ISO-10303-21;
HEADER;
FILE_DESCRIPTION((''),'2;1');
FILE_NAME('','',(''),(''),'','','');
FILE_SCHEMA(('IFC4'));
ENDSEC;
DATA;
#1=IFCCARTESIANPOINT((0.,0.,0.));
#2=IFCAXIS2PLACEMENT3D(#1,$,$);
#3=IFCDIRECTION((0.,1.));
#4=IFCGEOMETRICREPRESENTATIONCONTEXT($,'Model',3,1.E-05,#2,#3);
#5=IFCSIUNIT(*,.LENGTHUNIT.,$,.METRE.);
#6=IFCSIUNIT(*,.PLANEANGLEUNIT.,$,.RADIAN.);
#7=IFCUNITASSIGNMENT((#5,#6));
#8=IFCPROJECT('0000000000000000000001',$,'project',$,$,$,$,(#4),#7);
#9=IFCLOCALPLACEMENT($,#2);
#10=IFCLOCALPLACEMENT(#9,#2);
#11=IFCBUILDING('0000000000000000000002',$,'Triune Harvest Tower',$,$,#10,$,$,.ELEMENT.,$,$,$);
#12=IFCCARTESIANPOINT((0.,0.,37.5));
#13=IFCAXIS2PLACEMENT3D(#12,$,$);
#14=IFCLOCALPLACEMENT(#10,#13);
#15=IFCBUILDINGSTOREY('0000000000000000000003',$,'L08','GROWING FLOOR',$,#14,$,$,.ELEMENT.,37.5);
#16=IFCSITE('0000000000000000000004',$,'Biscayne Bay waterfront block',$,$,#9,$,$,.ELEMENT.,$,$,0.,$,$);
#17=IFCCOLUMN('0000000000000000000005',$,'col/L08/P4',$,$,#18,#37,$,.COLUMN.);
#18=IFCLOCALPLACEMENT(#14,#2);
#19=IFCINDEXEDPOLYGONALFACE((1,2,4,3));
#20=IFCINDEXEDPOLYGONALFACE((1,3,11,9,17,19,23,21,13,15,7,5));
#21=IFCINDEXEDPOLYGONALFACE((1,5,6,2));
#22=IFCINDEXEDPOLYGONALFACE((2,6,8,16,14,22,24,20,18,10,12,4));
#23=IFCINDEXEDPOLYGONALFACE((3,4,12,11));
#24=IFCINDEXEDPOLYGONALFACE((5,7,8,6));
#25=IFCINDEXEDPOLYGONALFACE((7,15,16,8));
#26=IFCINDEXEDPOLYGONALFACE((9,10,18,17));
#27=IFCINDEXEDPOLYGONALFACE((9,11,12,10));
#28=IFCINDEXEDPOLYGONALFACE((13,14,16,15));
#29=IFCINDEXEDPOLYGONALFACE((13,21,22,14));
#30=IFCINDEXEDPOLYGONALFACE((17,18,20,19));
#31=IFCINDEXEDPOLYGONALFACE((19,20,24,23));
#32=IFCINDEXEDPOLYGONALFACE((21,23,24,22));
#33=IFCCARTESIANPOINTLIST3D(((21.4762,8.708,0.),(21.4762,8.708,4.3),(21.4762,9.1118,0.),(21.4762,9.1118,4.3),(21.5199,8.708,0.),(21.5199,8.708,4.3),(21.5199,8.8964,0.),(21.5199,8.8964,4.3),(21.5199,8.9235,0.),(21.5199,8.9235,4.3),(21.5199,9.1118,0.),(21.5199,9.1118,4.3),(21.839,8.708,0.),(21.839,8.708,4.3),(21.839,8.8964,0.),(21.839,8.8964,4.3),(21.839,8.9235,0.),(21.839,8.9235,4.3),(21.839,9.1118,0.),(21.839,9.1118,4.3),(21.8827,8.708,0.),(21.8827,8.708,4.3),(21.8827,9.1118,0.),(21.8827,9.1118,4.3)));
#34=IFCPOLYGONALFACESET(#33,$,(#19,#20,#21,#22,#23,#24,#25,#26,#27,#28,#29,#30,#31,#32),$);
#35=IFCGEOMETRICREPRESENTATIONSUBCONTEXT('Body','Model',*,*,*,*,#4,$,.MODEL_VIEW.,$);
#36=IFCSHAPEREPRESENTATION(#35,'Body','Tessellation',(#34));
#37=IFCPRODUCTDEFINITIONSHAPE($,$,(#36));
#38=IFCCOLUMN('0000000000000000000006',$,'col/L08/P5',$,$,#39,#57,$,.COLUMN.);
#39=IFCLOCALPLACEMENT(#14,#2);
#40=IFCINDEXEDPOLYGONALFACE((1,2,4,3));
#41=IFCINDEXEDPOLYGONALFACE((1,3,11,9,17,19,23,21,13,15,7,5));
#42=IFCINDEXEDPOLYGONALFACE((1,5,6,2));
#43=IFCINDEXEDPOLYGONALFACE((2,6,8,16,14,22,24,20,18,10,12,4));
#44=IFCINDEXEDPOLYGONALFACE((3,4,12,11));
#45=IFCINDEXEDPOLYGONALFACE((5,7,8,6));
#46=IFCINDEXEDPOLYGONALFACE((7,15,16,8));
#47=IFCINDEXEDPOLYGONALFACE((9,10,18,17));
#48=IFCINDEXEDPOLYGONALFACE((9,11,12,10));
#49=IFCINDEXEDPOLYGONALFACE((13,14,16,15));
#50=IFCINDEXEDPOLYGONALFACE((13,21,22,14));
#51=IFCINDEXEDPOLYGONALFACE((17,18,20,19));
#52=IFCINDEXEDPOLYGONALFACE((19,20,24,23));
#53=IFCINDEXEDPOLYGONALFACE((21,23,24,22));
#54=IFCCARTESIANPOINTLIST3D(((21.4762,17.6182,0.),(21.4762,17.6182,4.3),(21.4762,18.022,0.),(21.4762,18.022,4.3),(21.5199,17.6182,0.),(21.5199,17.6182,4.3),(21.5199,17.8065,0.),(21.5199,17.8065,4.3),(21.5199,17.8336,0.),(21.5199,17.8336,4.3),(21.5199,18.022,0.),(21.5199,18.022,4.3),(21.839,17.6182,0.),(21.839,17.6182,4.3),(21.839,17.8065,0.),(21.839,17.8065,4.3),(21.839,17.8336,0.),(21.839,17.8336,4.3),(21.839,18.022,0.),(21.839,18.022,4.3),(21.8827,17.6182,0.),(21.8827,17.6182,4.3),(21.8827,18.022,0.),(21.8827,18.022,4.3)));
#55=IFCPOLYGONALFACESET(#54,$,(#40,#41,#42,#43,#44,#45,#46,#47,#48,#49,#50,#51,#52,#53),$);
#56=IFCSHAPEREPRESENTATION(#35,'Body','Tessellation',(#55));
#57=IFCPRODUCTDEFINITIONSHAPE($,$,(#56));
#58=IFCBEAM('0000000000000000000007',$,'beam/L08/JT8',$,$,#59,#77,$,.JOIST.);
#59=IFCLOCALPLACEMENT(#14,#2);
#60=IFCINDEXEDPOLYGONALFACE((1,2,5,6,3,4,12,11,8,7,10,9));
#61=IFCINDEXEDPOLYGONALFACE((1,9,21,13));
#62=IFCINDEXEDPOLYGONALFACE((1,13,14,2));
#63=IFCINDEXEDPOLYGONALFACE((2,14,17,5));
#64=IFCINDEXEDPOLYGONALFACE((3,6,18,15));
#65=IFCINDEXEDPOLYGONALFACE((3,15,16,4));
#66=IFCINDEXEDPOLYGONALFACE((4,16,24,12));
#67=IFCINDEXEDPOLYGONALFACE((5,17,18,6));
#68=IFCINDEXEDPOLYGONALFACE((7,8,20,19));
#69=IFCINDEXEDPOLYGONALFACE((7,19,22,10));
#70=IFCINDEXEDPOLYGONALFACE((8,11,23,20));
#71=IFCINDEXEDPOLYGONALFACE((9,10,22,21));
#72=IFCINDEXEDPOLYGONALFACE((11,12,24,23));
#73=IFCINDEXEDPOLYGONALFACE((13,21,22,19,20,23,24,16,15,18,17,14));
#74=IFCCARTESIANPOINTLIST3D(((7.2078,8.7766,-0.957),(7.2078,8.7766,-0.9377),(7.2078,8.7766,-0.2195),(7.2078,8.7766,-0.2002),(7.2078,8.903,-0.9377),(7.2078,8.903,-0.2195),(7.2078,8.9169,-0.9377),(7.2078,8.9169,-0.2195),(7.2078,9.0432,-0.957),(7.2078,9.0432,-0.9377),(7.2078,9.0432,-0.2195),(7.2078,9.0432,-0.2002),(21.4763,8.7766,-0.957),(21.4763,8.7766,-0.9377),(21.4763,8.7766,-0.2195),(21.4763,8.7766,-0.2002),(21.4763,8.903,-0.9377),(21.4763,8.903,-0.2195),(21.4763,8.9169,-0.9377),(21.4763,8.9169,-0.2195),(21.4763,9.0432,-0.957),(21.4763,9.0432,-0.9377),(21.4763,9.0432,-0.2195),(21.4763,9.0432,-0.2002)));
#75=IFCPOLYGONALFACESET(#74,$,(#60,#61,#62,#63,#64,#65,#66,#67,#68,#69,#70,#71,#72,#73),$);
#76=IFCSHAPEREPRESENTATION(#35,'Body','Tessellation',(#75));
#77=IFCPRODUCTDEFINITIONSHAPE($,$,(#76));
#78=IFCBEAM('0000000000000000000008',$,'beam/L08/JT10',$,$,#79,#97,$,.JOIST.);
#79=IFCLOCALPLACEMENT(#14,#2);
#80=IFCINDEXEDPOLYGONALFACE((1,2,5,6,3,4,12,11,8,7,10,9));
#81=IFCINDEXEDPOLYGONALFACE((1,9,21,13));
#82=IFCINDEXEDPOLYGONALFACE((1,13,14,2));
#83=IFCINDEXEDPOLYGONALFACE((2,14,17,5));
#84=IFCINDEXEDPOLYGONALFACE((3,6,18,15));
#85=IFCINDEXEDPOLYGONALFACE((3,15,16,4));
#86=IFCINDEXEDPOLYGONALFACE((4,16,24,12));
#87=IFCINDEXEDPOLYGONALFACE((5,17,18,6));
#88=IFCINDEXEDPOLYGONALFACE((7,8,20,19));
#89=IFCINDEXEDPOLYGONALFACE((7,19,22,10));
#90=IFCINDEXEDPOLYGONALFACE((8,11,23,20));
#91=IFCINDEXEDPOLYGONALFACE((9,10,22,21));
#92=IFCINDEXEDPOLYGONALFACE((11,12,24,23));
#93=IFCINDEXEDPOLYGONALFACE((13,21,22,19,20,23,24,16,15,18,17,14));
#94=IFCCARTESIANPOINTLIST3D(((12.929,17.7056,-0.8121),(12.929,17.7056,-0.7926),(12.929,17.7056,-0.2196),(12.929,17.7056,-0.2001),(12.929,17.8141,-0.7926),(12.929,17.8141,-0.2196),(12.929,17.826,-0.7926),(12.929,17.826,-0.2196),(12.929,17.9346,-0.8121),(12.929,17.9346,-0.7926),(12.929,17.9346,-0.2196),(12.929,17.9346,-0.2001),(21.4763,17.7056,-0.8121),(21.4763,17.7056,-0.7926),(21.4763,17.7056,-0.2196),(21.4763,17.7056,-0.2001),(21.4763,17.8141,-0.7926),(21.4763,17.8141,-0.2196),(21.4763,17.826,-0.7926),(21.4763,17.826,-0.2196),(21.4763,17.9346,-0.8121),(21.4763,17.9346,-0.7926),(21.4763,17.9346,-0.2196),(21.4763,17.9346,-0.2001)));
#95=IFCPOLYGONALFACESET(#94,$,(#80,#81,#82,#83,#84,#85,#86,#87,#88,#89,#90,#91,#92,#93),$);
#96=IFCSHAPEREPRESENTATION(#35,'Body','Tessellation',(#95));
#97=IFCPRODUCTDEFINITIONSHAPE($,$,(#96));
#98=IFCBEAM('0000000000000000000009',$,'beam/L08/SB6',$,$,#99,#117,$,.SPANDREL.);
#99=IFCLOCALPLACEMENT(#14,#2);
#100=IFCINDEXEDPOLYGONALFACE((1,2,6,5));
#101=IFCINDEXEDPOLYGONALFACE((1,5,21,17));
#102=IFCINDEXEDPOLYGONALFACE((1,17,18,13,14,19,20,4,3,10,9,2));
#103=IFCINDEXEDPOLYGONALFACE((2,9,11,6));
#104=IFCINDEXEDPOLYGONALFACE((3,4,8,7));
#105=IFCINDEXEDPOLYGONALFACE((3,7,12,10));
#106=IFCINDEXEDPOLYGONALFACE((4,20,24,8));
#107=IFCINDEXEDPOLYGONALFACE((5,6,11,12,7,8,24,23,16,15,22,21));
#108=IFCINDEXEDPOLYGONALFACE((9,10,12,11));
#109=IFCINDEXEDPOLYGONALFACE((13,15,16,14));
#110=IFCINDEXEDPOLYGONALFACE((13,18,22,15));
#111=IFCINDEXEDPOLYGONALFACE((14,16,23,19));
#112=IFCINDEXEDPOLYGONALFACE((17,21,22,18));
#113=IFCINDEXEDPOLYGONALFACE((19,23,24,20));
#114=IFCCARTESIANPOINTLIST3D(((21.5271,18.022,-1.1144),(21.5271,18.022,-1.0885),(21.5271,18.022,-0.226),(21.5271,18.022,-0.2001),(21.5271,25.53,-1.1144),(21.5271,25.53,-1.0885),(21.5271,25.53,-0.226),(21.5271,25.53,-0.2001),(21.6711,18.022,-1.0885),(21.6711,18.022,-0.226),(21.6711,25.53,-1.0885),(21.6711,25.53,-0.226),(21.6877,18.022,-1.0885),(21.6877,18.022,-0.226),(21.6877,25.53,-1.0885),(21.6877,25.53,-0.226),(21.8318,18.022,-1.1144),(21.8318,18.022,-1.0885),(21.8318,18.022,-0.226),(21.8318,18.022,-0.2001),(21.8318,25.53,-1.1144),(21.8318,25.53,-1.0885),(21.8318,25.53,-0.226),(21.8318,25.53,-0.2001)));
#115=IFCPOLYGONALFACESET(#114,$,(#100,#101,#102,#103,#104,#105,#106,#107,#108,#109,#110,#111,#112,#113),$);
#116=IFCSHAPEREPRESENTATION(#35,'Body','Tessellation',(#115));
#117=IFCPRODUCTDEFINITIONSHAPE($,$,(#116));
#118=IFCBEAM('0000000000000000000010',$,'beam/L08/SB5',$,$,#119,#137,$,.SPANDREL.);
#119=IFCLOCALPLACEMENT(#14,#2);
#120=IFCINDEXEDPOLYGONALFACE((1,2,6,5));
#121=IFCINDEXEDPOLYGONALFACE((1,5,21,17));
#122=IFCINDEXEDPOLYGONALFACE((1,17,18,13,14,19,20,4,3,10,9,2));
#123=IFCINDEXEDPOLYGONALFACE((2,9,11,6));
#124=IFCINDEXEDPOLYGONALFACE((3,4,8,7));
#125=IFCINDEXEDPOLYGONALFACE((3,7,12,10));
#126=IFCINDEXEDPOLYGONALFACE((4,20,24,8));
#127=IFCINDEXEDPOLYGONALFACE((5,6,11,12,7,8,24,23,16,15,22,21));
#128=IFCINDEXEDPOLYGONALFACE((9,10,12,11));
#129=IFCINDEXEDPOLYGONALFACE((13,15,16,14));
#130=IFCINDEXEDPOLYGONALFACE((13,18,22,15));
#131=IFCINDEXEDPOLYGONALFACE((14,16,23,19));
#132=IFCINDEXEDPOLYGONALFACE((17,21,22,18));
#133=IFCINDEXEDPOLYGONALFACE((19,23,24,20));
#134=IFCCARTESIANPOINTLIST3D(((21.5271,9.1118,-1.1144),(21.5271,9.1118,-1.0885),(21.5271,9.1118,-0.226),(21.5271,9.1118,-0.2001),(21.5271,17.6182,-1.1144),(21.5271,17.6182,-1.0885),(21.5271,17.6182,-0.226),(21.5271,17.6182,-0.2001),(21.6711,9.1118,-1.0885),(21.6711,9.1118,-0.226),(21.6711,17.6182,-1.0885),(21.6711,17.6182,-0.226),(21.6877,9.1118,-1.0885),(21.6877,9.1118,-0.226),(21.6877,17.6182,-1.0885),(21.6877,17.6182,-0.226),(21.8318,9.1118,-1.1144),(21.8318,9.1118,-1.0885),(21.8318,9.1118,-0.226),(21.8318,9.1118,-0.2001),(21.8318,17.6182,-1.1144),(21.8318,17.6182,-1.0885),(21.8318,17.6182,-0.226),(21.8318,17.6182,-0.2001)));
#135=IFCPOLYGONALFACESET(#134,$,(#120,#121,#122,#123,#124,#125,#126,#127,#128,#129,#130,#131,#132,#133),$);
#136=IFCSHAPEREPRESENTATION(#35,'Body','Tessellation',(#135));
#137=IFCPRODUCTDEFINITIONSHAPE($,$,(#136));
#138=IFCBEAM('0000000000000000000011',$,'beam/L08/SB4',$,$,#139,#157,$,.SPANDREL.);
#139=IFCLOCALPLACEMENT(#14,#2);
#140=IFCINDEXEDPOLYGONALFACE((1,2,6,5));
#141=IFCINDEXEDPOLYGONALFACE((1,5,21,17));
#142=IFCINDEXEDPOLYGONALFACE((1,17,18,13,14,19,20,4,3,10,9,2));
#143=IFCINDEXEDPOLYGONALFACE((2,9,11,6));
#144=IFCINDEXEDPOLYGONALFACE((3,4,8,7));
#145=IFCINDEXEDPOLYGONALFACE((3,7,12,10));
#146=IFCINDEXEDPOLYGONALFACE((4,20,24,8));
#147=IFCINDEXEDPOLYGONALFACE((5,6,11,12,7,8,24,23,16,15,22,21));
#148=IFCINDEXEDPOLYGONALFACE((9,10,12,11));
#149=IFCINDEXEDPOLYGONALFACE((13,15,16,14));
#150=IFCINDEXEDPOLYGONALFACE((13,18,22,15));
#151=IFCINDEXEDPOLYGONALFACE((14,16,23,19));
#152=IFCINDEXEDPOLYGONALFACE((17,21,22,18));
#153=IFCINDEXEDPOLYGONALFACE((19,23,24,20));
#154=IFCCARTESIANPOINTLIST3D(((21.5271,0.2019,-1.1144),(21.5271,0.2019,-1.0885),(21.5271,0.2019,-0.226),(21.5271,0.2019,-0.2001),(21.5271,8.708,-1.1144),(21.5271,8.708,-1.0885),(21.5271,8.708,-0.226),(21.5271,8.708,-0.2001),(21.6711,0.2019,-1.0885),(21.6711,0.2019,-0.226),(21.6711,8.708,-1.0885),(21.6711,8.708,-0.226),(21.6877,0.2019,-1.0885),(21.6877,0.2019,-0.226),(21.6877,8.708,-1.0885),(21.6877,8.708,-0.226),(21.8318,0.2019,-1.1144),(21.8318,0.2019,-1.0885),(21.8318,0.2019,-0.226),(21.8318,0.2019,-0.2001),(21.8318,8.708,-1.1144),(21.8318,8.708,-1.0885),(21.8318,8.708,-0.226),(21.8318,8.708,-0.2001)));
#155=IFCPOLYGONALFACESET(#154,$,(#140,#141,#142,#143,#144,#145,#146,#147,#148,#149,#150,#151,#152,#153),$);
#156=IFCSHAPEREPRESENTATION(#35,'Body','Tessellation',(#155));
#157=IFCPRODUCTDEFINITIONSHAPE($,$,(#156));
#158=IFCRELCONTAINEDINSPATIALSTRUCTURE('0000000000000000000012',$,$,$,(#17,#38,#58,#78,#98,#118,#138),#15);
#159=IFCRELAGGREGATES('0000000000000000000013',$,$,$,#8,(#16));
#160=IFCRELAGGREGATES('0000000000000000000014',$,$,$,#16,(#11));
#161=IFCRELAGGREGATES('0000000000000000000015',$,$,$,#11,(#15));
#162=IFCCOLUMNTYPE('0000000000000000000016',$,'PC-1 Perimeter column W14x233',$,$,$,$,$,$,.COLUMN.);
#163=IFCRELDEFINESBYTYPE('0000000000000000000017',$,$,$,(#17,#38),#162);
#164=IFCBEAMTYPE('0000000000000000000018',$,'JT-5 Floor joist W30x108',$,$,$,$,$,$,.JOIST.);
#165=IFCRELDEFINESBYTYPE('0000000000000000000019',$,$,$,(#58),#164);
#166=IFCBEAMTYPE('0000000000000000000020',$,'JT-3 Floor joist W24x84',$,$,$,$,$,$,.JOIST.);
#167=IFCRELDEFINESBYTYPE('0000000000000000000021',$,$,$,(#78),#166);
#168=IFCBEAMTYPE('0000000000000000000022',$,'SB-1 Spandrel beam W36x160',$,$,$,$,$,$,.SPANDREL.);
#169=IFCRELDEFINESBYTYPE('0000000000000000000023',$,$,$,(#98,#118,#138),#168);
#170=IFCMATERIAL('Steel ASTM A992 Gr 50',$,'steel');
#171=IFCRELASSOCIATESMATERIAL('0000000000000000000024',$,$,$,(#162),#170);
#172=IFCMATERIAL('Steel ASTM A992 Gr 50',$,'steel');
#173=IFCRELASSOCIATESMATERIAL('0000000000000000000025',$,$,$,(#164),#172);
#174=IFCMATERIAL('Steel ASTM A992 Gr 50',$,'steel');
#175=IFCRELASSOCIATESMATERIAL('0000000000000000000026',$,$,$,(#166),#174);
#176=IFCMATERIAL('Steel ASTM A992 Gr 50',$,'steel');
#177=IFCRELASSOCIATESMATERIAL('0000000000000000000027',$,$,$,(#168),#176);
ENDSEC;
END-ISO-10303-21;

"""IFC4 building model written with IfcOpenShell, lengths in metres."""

from ifc_helpers import new_model, si_unit, direction, frame, origin, origin_2d, place, context, subcontext, project, spatial, i_section, extrude, source, transform, mapped, material, material_profile, profile_set, type_object, element, save


model = new_model("IFC4")

# Units and contexts
model_context = context("Model", 3, precision=1e-05, world=origin(), true_north=direction((0.0, 1.0)))
body_context = subcontext(model_context, "Body", "Model", "MODEL_VIEW")
ifc_project = project(units=[si_unit("LENGTHUNIT", "METRE"), si_unit("PLANEANGLEUNIT", "RADIAN")], contexts=[model_context])

# Site, building, storey
site_placement = place(None, origin())
site = spatial("IfcSite", under=ifc_project, at=site_placement, Name="Biscayne Bay waterfront block", CompositionType="ELEMENT", RefElevation=0.0)
building_placement = place(site_placement, origin())
building = spatial("IfcBuilding", under=site, at=building_placement, Name="Triune Harvest Tower", CompositionType="ELEMENT")
storey_placement = place(building_placement, frame((0.0, 0.0, 37.5)))
storey = spatial("IfcBuildingStorey", under=building, at=storey_placement, Name="L08", Description="GROWING FLOOR", CompositionType="ELEMENT", Elevation=37.5)

# Columns
ifc_material_1 = material(Name="Steel ASTM A992 Gr 50", Category="steel")
ifc_material_profile_1 = material_profile(ifc_material_1, i_section(OverallWidth=0.4038, OverallDepth=0.4065, WebThickness=0.0271, FlangeThickness=0.0437, at=origin_2d()), Name="W14x233")
ifc_profile_set_1 = profile_set([ifc_material_profile_1], Name="Steel ASTM A992 Gr 50")
column_type = type_object("IfcColumnType", Name="PC-1 Perimeter column W14x233", PredefinedType="COLUMN", material=ifc_profile_set_1)
shared_shape_1 = source(origin(), body_context, "Body", "SweptSolid", [
    extrude(i_section(OverallWidth=0.4038, OverallDepth=0.4065, WebThickness=0.0271, FlangeThickness=0.0437, at=origin_2d()), origin(), (0.0, 0.0, 1.0), 4.3),
])
for number, where, z_axis, x_axis, name in (
    (1, (21.6794, 8.9099, 0.0), (0.0, 0.0, 1.0), (0.0, 1.0, 0.0), "col/L08/P4"),
    (2, (21.6794, 17.8201, 0.0), (0.0, 0.0, 1.0), (0.0, 1.0, 0.0), "col/L08/P5"),
):
    element("IfcColumn", number, at=place(storey_placement, frame(where, z_axis=z_axis, x_axis=x_axis)), inside=storey, type_object=column_type, Name=name, PredefinedType="COLUMN", context=body_context, shape_type="MappedRepresentation", body=[
        mapped(shared_shape_1, transform((0.0, 0.0, 0.0), scale=1.0)),
    ])

# Beams
ifc_material_2 = material(Name="Steel ASTM A992 Gr 50", Category="steel")
ifc_material_profile_2 = material_profile(ifc_material_2, i_section(OverallWidth=0.2666, OverallDepth=0.7568, WebThickness=0.0139, FlangeThickness=0.0193, at=origin_2d()), Name="W30x108")
ifc_profile_set_2 = profile_set([ifc_material_profile_2], Name="Steel ASTM A992 Gr 50")
beam_type_1 = type_object("IfcBeamType", Name="JT-5 Floor joist W30x108", PredefinedType="JOIST", material=ifc_profile_set_2)
shared_shape_2 = source(origin(), body_context, "Body", "SweptSolid", [
    extrude(i_section(OverallWidth=0.2666, OverallDepth=0.7568, WebThickness=0.0139, FlangeThickness=0.0193, at=origin_2d()), origin(), (0.0, 0.0, 1.0), 14.2686),
])
beam_1_placement = place(storey_placement, frame((21.4763, 8.9099, -0.5786), z_axis=(-1.0, 0.0, 0.0), x_axis=(0.0, -1.0, 0.0)))
element("IfcBeam", 3, at=beam_1_placement, inside=storey, type_object=beam_type_1, Name="beam/L08/JT8", PredefinedType="JOIST", context=body_context, shape_type="MappedRepresentation", body=[
    mapped(shared_shape_2, transform((0.0, 0.0, 0.0), scale=1.0)),
])
ifc_material_3 = material(Name="Steel ASTM A992 Gr 50", Category="steel")
ifc_material_profile_3 = material_profile(ifc_material_3, i_section(OverallWidth=0.229, OverallDepth=0.6121, WebThickness=0.012, FlangeThickness=0.0195, at=origin_2d()), Name="W24x84")
ifc_profile_set_3 = profile_set([ifc_material_profile_3], Name="Steel ASTM A992 Gr 50")
beam_type_2 = type_object("IfcBeamType", Name="JT-3 Floor joist W24x84", PredefinedType="JOIST", material=ifc_profile_set_3)
shared_shape_3 = source(origin(), body_context, "Body", "SweptSolid", [
    extrude(i_section(OverallWidth=0.229, OverallDepth=0.6121, WebThickness=0.012, FlangeThickness=0.0195, at=origin_2d()), origin(), (0.0, 0.0, 1.0), 8.5474),
])
beam_2_placement = place(storey_placement, frame((21.4763, 17.8201, -0.5061), z_axis=(-1.0, 0.0, 0.0), x_axis=(0.0, -1.0, 0.0)))
element("IfcBeam", 4, at=beam_2_placement, inside=storey, type_object=beam_type_2, Name="beam/L08/JT10", PredefinedType="JOIST", context=body_context, shape_type="MappedRepresentation", body=[
    mapped(shared_shape_3, transform((0.0, 0.0, 0.0), scale=1.0)),
])
ifc_material_4 = material(Name="Steel ASTM A992 Gr 50", Category="steel")
ifc_material_profile_4 = material_profile(ifc_material_4, i_section(OverallWidth=0.3047, OverallDepth=0.9143, WebThickness=0.0166, FlangeThickness=0.0259, at=origin_2d()), Name="W36x160")
ifc_profile_set_4 = profile_set([ifc_material_profile_4], Name="Steel ASTM A992 Gr 50")
beam_type_3 = type_object("IfcBeamType", Name="SB-1 Spandrel beam W36x160", PredefinedType="SPANDREL", material=ifc_profile_set_4)
shared_shape_4 = source(origin(), body_context, "Body", "SweptSolid", [
    extrude(i_section(OverallWidth=0.3047, OverallDepth=0.9143, WebThickness=0.0166, FlangeThickness=0.0259, at=origin_2d()), origin(), (0.0, 0.0, 1.0), 7.5081),
])
beam_3_placement = place(storey_placement, frame((21.6794, 18.022, -0.6572), z_axis=(0.0, 1.0, 0.0), x_axis=(-1.0, 0.0, 0.0)))
element("IfcBeam", 5, at=beam_3_placement, inside=storey, type_object=beam_type_3, Name="beam/L08/SB6", PredefinedType="SPANDREL", context=body_context, shape_type="MappedRepresentation", body=[
    mapped(shared_shape_4, transform((0.0, 0.0, 0.0), scale=1.0)),
])
shared_shape_5 = source(origin(), body_context, "Body", "SweptSolid", [
    extrude(i_section(OverallWidth=0.3047, OverallDepth=0.9143, WebThickness=0.0166, FlangeThickness=0.0259, at=origin_2d()), origin(), (0.0, 0.0, 1.0), 8.5063),
])
beam_4_placement = place(storey_placement, frame((21.6794, 9.1118, -0.6572), z_axis=(0.0, 1.0, 0.0), x_axis=(-1.0, 0.0, 0.0)))
element("IfcBeam", 6, at=beam_4_placement, inside=storey, type_object=beam_type_3, Name="beam/L08/SB5", PredefinedType="SPANDREL", context=body_context, shape_type="MappedRepresentation", body=[
    mapped(shared_shape_5, transform((0.0, 0.0, 0.0), scale=1.0)),
])
shared_shape_6 = source(origin(), body_context, "Body", "SweptSolid", [
    extrude(i_section(OverallWidth=0.3047, OverallDepth=0.9143, WebThickness=0.0166, FlangeThickness=0.0259, at=origin_2d()), origin(), (0.0, 0.0, 1.0), 8.5061),
])
beam_5_placement = place(storey_placement, frame((21.6794, 0.2019, -0.6572), z_axis=(0.0, 1.0, 0.0), x_axis=(-1.0, 0.0, 0.0)))
element("IfcBeam", 7, at=beam_5_placement, inside=storey, type_object=beam_type_3, Name="beam/L08/SB4", PredefinedType="SPANDREL", context=body_context, shape_type="MappedRepresentation", body=[
    mapped(shared_shape_6, transform((0.0, 0.0, 0.0), scale=1.0)),
])

save(model, "model.ifc")
